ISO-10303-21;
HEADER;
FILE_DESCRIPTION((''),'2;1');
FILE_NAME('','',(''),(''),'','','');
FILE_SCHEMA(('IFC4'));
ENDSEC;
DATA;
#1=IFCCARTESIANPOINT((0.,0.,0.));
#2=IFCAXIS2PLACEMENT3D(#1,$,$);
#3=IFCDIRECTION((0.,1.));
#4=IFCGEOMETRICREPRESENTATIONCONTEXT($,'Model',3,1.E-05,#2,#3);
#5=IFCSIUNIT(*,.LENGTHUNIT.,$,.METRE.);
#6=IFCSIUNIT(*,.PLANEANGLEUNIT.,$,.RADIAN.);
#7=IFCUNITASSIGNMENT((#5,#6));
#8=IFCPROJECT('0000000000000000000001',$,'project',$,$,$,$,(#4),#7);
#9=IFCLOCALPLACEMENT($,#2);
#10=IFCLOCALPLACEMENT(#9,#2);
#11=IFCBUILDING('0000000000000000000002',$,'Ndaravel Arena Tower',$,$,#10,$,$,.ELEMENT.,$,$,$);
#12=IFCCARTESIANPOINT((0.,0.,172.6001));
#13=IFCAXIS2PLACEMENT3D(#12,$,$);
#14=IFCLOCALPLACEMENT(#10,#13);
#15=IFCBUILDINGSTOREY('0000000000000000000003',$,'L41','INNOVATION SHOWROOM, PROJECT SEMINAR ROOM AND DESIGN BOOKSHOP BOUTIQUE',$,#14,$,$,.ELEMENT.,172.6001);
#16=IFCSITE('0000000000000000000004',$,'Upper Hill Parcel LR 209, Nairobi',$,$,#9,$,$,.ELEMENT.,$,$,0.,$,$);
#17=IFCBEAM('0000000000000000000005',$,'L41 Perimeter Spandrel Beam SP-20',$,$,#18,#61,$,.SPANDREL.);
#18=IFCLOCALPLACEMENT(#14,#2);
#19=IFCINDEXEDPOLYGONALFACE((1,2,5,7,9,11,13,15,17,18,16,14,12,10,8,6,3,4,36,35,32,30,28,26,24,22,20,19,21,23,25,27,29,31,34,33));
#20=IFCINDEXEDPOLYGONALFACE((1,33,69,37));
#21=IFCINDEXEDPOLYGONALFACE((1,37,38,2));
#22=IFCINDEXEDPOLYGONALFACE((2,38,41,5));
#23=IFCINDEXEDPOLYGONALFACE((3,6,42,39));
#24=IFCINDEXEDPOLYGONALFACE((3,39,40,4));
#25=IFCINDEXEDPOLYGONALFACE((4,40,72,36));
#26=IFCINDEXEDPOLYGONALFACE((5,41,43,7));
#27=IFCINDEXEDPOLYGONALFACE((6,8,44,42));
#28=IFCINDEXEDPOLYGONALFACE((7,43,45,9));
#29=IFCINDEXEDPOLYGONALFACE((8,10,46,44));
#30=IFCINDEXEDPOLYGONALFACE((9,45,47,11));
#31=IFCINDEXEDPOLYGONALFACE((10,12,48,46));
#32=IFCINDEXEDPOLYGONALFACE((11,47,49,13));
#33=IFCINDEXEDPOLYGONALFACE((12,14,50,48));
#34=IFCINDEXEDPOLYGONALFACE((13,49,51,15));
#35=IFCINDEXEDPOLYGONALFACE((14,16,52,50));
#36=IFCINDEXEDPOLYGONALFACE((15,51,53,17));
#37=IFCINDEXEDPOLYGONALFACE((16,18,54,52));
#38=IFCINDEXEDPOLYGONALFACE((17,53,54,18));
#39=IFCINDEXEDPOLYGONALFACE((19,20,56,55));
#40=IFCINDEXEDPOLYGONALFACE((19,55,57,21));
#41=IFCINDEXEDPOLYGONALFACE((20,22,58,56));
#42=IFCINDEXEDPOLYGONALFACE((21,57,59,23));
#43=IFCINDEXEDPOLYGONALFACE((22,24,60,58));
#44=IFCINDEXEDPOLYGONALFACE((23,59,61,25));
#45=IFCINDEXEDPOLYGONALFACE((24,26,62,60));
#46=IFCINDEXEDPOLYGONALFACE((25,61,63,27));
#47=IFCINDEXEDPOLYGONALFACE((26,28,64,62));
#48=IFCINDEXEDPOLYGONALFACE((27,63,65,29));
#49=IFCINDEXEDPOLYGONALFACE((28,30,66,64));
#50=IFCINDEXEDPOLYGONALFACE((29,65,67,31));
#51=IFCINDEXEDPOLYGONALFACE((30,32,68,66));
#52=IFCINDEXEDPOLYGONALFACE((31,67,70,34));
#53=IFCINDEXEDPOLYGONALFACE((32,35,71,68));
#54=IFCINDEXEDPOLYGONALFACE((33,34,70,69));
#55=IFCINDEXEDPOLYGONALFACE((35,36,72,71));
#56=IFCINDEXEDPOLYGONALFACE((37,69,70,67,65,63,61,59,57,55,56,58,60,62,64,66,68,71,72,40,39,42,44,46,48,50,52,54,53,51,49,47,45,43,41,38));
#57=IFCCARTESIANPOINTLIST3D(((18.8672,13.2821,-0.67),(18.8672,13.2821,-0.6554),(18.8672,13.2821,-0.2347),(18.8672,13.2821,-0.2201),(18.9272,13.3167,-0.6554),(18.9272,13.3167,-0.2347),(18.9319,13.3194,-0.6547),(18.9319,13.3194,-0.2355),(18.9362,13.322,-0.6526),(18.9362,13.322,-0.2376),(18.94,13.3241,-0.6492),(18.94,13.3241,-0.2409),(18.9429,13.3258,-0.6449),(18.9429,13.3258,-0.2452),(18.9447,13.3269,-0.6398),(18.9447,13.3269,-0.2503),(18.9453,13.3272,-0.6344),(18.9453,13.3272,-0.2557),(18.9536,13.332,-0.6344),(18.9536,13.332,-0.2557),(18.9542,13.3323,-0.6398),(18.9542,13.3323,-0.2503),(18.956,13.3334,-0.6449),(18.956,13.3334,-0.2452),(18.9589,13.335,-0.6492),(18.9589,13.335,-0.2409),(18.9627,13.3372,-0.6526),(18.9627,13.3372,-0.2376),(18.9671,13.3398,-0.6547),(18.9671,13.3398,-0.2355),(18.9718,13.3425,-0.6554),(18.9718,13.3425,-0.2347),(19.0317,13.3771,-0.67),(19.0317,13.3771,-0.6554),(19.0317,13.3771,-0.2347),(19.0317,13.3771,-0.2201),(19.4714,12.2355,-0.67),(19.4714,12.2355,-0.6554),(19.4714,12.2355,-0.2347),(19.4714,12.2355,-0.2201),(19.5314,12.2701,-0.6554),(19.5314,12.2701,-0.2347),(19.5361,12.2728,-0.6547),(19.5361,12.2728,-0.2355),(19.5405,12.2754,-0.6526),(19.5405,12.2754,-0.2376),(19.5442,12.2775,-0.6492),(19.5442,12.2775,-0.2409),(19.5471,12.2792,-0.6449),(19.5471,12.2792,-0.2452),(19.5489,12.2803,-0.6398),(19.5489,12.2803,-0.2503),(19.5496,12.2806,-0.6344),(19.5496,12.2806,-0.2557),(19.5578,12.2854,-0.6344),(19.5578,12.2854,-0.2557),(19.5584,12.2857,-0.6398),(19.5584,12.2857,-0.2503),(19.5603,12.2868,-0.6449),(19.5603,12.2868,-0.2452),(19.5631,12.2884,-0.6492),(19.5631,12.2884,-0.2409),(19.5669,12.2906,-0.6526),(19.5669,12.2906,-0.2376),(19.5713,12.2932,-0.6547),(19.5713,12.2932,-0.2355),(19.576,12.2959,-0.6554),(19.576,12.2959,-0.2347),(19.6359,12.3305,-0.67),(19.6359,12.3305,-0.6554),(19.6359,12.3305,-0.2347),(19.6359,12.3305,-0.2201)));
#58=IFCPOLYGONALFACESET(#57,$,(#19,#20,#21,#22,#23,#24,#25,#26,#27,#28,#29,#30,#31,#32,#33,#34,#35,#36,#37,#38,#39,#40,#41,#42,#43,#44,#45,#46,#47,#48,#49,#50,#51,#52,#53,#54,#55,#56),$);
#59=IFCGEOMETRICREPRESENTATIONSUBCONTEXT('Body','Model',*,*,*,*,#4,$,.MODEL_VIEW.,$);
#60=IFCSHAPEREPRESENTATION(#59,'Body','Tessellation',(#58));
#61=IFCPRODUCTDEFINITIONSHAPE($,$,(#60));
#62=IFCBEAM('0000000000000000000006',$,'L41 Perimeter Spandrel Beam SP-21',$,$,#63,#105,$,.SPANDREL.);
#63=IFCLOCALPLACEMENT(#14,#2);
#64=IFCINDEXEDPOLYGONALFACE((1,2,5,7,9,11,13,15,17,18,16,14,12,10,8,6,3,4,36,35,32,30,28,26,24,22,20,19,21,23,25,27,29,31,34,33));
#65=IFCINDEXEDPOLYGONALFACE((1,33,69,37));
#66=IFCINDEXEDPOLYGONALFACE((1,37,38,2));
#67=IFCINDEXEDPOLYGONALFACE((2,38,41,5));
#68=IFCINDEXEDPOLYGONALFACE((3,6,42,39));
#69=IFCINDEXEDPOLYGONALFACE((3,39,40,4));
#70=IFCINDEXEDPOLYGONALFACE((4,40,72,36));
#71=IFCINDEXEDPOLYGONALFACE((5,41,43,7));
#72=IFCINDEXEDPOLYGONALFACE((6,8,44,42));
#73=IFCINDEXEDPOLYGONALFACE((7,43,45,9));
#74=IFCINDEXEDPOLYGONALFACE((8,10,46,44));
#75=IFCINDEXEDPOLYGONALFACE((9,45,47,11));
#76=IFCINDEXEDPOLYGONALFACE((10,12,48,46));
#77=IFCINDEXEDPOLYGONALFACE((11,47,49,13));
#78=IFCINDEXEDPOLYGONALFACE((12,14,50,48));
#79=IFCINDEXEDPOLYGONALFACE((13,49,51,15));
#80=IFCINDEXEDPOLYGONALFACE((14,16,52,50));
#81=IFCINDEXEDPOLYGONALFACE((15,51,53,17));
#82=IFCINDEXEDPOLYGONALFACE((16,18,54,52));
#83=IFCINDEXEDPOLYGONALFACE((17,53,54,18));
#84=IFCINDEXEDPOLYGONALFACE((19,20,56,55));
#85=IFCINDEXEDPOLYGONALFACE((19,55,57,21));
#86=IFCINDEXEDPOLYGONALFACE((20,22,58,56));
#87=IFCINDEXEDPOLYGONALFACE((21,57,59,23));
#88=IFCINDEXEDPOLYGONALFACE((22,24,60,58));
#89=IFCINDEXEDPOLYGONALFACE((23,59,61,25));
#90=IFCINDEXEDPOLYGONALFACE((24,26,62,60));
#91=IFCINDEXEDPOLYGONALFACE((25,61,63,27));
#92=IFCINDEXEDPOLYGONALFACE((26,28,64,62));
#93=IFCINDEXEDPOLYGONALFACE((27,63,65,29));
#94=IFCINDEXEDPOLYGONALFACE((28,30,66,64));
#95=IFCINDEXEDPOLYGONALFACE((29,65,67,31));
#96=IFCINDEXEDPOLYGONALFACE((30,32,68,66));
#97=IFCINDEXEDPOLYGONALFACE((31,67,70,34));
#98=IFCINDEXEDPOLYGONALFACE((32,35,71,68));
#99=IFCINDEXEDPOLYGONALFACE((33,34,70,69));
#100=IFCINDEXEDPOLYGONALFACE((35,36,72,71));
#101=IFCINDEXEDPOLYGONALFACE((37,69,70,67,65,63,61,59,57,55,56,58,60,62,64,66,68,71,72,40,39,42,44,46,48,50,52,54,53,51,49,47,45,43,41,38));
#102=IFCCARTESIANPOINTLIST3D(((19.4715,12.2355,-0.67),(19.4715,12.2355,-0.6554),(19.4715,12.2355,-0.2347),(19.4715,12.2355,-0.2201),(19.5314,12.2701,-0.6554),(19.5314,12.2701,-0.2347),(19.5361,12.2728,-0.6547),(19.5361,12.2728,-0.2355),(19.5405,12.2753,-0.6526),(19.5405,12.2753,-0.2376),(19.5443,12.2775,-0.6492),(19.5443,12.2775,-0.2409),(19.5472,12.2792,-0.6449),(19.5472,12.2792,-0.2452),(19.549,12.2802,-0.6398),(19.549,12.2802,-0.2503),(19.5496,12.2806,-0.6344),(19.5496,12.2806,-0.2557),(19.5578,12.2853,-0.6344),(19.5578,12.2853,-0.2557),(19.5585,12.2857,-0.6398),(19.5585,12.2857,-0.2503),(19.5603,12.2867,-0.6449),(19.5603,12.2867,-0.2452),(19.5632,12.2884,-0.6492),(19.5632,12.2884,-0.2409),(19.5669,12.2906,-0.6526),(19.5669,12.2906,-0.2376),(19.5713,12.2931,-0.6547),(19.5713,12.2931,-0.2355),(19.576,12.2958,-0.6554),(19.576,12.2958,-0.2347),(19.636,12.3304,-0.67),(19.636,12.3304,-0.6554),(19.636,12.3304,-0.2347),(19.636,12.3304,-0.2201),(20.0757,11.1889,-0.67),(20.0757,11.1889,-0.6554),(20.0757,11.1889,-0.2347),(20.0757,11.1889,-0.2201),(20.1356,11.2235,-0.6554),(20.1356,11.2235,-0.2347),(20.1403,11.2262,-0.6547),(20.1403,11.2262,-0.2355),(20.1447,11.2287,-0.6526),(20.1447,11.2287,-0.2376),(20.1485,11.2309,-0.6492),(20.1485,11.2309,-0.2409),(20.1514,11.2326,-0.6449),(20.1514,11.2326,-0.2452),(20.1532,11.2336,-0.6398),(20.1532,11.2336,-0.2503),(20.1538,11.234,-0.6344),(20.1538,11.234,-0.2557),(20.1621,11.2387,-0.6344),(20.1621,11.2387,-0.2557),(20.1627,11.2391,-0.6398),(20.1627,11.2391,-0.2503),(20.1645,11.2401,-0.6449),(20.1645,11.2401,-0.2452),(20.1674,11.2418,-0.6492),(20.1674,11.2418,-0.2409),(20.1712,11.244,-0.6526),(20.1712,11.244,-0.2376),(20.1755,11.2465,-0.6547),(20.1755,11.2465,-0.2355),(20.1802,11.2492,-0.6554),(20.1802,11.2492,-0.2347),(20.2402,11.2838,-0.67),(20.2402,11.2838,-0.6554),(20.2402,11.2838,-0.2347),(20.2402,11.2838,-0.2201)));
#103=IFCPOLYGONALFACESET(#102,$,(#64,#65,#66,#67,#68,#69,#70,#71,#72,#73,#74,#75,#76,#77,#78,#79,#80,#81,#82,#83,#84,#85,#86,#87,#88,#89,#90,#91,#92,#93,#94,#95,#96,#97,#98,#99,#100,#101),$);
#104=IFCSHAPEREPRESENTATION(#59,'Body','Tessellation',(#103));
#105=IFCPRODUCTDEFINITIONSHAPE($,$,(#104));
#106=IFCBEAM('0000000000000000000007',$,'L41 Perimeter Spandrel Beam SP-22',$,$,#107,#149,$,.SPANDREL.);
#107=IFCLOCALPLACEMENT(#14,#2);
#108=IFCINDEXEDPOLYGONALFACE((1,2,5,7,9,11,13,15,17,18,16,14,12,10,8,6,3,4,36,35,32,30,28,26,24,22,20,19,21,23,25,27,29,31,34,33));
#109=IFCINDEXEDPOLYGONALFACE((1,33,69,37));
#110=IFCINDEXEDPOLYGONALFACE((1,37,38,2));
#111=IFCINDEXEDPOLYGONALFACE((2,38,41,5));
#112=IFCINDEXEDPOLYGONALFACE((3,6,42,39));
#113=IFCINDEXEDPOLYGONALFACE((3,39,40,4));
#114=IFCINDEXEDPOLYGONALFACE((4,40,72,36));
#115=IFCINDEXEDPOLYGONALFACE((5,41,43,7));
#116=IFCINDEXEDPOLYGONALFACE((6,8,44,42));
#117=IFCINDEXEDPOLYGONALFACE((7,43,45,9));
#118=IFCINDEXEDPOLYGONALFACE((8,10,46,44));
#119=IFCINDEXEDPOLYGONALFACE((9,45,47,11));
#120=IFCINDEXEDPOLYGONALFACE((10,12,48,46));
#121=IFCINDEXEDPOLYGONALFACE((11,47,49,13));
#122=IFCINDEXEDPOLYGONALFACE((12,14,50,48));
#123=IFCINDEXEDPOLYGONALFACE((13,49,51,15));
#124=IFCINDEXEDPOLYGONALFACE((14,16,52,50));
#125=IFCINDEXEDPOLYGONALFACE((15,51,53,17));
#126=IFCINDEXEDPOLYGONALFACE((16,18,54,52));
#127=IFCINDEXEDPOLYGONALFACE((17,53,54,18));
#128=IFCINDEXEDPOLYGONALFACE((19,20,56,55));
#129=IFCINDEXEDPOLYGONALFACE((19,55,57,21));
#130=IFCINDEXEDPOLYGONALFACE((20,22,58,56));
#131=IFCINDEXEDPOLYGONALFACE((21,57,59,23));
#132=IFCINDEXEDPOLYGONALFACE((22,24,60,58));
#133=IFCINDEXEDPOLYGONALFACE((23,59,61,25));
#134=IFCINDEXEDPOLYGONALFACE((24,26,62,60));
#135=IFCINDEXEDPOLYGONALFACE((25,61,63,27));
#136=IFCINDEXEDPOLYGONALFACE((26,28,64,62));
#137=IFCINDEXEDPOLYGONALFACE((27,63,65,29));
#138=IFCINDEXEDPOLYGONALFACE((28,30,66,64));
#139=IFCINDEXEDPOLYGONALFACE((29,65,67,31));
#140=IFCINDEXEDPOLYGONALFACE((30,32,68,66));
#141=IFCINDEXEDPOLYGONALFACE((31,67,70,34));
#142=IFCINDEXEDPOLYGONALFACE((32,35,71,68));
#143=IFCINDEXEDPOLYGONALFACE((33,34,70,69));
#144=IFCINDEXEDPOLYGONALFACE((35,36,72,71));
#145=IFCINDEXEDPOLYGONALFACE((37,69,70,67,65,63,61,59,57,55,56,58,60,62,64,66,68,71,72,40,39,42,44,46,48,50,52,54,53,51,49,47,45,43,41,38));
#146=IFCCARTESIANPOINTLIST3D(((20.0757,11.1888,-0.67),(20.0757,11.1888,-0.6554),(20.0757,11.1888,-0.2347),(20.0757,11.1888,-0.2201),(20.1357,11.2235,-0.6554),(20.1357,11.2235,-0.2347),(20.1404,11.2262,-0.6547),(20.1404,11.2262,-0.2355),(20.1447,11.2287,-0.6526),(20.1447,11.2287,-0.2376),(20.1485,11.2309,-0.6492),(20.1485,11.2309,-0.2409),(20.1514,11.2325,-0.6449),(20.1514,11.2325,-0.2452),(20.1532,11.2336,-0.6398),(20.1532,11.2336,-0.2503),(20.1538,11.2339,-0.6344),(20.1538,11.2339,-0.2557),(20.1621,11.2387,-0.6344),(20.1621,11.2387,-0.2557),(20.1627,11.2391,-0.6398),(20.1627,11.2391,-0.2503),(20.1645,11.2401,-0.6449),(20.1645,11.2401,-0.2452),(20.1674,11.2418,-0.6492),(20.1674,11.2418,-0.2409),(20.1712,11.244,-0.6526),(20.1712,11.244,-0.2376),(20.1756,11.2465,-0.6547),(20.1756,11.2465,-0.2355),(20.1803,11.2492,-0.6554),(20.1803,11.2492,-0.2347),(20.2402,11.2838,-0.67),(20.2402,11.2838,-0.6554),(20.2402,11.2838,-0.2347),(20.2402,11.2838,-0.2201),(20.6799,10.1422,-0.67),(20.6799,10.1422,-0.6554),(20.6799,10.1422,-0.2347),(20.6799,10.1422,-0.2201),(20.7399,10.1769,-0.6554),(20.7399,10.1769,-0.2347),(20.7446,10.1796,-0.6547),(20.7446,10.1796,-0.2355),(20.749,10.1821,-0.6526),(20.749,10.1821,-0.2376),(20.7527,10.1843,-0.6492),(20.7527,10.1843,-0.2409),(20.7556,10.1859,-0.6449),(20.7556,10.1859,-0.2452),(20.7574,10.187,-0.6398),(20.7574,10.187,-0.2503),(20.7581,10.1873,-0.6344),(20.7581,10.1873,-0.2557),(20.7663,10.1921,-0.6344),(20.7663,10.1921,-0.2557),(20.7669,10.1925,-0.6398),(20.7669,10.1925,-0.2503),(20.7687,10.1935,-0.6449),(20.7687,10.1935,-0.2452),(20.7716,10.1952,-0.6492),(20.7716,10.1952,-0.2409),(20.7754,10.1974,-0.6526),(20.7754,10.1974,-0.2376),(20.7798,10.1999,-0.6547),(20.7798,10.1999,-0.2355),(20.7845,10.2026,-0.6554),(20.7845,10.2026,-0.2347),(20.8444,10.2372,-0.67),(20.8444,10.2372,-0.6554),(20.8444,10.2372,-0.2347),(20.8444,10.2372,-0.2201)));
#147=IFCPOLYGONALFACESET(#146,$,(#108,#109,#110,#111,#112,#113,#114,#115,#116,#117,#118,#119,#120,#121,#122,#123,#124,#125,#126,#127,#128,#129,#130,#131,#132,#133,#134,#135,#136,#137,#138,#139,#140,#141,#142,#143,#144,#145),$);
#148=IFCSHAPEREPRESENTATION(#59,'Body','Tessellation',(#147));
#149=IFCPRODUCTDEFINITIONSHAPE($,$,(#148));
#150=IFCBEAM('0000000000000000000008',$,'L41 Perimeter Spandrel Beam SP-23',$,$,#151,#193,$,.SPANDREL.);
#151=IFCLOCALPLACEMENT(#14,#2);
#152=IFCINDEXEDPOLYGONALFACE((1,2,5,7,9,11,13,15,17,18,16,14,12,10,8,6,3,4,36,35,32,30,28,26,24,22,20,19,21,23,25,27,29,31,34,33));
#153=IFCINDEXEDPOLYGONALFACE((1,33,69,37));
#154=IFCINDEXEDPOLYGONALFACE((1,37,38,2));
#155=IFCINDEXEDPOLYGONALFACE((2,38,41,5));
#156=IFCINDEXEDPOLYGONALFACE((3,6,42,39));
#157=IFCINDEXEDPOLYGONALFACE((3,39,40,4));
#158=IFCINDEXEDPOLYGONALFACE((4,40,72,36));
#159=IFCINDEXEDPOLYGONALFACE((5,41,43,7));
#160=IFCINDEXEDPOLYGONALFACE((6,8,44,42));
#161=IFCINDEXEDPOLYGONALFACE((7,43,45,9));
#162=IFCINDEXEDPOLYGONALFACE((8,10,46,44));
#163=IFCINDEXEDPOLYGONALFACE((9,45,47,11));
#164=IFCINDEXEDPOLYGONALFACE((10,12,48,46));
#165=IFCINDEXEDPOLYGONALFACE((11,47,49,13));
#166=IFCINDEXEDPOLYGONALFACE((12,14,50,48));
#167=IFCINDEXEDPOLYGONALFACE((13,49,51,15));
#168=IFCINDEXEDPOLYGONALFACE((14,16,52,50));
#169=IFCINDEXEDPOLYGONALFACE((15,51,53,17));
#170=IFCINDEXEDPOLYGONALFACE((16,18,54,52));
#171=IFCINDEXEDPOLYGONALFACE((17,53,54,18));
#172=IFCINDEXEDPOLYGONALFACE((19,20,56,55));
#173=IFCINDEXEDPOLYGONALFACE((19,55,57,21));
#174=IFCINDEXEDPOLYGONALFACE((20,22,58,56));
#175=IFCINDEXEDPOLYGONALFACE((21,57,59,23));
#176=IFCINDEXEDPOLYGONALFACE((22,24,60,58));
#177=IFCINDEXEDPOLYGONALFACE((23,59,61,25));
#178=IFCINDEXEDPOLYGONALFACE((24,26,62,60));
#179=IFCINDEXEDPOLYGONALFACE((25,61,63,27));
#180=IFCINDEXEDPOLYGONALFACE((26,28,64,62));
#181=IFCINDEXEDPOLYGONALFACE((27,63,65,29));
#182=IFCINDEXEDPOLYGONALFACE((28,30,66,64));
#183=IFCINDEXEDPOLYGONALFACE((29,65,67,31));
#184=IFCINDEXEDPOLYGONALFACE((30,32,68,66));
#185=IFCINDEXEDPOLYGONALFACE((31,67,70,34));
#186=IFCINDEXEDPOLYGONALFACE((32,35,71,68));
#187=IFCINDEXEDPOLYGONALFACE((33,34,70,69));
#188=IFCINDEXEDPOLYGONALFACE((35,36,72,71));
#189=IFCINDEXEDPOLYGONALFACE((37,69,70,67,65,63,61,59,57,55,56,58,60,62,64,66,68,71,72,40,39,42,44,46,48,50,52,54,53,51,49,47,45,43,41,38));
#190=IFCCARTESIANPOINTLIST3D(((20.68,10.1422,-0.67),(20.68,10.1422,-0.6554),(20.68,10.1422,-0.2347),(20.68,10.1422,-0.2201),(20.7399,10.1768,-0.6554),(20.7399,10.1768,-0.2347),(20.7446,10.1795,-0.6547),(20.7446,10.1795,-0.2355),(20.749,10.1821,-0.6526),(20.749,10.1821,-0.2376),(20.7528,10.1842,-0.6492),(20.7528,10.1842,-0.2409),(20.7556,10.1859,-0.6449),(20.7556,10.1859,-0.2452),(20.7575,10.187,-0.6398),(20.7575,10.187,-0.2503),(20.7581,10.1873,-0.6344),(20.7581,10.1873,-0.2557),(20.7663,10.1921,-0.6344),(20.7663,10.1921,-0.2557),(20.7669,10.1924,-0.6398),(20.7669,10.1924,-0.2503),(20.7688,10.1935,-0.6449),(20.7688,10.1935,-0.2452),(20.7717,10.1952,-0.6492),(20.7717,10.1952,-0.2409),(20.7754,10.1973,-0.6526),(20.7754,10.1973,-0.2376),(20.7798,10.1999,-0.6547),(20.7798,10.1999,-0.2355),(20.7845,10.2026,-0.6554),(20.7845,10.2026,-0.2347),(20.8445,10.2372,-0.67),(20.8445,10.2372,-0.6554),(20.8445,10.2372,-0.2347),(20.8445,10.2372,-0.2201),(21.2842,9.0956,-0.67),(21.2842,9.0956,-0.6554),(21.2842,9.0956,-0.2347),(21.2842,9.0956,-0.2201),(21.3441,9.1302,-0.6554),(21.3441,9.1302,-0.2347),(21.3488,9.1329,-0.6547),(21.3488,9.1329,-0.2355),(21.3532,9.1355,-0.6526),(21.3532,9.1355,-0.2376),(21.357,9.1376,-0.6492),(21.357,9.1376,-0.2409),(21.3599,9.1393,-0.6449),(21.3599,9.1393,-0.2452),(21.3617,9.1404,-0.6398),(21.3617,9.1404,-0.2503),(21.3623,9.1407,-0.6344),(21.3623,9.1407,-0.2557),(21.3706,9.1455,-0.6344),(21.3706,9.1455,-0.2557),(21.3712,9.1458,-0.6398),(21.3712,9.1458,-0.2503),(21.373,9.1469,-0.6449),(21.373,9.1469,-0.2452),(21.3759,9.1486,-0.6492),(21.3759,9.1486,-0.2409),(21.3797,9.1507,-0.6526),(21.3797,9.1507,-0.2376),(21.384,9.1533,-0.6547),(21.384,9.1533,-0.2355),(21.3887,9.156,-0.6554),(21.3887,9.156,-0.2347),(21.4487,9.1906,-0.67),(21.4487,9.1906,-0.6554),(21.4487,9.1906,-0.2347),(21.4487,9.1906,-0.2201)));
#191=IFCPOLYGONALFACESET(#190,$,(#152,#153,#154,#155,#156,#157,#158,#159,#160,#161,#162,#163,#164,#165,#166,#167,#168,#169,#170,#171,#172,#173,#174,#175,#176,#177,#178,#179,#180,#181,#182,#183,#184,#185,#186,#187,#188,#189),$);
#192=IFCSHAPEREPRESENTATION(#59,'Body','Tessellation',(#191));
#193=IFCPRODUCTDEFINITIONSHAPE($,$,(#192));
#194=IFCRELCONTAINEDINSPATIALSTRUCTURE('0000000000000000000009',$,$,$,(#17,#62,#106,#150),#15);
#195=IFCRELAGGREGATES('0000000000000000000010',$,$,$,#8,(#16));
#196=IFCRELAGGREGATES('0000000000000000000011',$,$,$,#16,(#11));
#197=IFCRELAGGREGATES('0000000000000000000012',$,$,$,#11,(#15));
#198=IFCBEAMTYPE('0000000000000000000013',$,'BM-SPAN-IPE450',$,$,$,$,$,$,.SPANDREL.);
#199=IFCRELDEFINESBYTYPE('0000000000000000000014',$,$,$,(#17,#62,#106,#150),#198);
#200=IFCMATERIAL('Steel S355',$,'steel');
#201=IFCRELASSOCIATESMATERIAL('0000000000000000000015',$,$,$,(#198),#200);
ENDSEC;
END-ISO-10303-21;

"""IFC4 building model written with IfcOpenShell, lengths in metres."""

from ifc_helpers import new_model, si_unit, direction, frame, origin, origin_2d, place, context, subcontext, project, spatial, i_section, extrude, material, material_profile, profile_set, type_object, element, save


model = new_model("IFC4")

# Units and contexts
model_context = context("Model", 3, precision=1e-05, world=origin(), true_north=direction((0.0, 1.0)))
body_context = subcontext(model_context, "Body", "Model", "MODEL_VIEW")
ifc_project = project(units=[si_unit("LENGTHUNIT", "METRE"), si_unit("PLANEANGLEUNIT", "RADIAN")], contexts=[model_context])

# Site, building, storey
site_placement = place(None, origin())
site = spatial("IfcSite", under=ifc_project, at=site_placement, Name="Upper Hill Parcel LR 209, Nairobi", CompositionType="ELEMENT", RefElevation=0.0)
building_placement = place(site_placement, origin())
building = spatial("IfcBuilding", under=site, at=building_placement, Name="Ndaravel Arena Tower", CompositionType="ELEMENT")
storey_placement = place(building_placement, frame((0.0, 0.0, 172.6001)))
storey = spatial("IfcBuildingStorey", under=building, at=storey_placement, Name="L41", Description="INNOVATION SHOWROOM, PROJECT SEMINAR ROOM AND DESIGN BOOKSHOP BOUTIQUE", CompositionType="ELEMENT", Elevation=172.6001)

# Beams
ifc_material_1 = material(Name="Steel S355", Category="steel")
ifc_material_profile_1 = material_profile(ifc_material_1, i_section(OverallWidth=0.1899, OverallDepth=0.45, WebThickness=0.0095, FlangeThickness=0.0146, FilletRadius=0.021, at=origin_2d()), Name="IPE 450")
ifc_profile_set_1 = profile_set([ifc_material_profile_1], Name="Steel S355")
beam_type = type_object("IfcBeamType", Name="BM-SPAN-IPE450", PredefinedType="SPANDREL", material=ifc_profile_set_1)
for number, where, z_axis, x_axis, name in (
    (1, (18.9495, 13.3296, -0.4451), (0.499985, -0.866034, 0.0), (0.866034, 0.499985, 0.0), "L41 Perimeter Spandrel Beam SP-20"),
    (2, (19.5537, 12.283, -0.4451), (0.499985, -0.866034, 0.0), (0.866034, 0.499985, 0.0), "L41 Perimeter Spandrel Beam SP-21"),
    (3, (20.158, 11.2363, -0.4451), (0.499985, -0.866034, 0.0), (0.866034, 0.499985, 0.0), "L41 Perimeter Spandrel Beam SP-22"),
    (4, (20.7622, 10.1897, -0.4451), (0.499985, -0.866034, 0.0), (0.866034, 0.499985, 0.0), "L41 Perimeter Spandrel Beam SP-23"),
):
    element("IfcBeam", number, at=place(storey_placement, frame(where, z_axis=z_axis, x_axis=x_axis)), inside=storey, type_object=beam_type, Name=name, PredefinedType="SPANDREL", context=body_context, shape_type="SweptSolid", body=[
        extrude(i_section(OverallWidth=0.1899, OverallDepth=0.45, WebThickness=0.0095, FlangeThickness=0.0146, FilletRadius=0.021, at=origin_2d()), origin(), (0.0, 0.0, 1.0), 1.2085),
    ])

save(model, "model.ifc")
